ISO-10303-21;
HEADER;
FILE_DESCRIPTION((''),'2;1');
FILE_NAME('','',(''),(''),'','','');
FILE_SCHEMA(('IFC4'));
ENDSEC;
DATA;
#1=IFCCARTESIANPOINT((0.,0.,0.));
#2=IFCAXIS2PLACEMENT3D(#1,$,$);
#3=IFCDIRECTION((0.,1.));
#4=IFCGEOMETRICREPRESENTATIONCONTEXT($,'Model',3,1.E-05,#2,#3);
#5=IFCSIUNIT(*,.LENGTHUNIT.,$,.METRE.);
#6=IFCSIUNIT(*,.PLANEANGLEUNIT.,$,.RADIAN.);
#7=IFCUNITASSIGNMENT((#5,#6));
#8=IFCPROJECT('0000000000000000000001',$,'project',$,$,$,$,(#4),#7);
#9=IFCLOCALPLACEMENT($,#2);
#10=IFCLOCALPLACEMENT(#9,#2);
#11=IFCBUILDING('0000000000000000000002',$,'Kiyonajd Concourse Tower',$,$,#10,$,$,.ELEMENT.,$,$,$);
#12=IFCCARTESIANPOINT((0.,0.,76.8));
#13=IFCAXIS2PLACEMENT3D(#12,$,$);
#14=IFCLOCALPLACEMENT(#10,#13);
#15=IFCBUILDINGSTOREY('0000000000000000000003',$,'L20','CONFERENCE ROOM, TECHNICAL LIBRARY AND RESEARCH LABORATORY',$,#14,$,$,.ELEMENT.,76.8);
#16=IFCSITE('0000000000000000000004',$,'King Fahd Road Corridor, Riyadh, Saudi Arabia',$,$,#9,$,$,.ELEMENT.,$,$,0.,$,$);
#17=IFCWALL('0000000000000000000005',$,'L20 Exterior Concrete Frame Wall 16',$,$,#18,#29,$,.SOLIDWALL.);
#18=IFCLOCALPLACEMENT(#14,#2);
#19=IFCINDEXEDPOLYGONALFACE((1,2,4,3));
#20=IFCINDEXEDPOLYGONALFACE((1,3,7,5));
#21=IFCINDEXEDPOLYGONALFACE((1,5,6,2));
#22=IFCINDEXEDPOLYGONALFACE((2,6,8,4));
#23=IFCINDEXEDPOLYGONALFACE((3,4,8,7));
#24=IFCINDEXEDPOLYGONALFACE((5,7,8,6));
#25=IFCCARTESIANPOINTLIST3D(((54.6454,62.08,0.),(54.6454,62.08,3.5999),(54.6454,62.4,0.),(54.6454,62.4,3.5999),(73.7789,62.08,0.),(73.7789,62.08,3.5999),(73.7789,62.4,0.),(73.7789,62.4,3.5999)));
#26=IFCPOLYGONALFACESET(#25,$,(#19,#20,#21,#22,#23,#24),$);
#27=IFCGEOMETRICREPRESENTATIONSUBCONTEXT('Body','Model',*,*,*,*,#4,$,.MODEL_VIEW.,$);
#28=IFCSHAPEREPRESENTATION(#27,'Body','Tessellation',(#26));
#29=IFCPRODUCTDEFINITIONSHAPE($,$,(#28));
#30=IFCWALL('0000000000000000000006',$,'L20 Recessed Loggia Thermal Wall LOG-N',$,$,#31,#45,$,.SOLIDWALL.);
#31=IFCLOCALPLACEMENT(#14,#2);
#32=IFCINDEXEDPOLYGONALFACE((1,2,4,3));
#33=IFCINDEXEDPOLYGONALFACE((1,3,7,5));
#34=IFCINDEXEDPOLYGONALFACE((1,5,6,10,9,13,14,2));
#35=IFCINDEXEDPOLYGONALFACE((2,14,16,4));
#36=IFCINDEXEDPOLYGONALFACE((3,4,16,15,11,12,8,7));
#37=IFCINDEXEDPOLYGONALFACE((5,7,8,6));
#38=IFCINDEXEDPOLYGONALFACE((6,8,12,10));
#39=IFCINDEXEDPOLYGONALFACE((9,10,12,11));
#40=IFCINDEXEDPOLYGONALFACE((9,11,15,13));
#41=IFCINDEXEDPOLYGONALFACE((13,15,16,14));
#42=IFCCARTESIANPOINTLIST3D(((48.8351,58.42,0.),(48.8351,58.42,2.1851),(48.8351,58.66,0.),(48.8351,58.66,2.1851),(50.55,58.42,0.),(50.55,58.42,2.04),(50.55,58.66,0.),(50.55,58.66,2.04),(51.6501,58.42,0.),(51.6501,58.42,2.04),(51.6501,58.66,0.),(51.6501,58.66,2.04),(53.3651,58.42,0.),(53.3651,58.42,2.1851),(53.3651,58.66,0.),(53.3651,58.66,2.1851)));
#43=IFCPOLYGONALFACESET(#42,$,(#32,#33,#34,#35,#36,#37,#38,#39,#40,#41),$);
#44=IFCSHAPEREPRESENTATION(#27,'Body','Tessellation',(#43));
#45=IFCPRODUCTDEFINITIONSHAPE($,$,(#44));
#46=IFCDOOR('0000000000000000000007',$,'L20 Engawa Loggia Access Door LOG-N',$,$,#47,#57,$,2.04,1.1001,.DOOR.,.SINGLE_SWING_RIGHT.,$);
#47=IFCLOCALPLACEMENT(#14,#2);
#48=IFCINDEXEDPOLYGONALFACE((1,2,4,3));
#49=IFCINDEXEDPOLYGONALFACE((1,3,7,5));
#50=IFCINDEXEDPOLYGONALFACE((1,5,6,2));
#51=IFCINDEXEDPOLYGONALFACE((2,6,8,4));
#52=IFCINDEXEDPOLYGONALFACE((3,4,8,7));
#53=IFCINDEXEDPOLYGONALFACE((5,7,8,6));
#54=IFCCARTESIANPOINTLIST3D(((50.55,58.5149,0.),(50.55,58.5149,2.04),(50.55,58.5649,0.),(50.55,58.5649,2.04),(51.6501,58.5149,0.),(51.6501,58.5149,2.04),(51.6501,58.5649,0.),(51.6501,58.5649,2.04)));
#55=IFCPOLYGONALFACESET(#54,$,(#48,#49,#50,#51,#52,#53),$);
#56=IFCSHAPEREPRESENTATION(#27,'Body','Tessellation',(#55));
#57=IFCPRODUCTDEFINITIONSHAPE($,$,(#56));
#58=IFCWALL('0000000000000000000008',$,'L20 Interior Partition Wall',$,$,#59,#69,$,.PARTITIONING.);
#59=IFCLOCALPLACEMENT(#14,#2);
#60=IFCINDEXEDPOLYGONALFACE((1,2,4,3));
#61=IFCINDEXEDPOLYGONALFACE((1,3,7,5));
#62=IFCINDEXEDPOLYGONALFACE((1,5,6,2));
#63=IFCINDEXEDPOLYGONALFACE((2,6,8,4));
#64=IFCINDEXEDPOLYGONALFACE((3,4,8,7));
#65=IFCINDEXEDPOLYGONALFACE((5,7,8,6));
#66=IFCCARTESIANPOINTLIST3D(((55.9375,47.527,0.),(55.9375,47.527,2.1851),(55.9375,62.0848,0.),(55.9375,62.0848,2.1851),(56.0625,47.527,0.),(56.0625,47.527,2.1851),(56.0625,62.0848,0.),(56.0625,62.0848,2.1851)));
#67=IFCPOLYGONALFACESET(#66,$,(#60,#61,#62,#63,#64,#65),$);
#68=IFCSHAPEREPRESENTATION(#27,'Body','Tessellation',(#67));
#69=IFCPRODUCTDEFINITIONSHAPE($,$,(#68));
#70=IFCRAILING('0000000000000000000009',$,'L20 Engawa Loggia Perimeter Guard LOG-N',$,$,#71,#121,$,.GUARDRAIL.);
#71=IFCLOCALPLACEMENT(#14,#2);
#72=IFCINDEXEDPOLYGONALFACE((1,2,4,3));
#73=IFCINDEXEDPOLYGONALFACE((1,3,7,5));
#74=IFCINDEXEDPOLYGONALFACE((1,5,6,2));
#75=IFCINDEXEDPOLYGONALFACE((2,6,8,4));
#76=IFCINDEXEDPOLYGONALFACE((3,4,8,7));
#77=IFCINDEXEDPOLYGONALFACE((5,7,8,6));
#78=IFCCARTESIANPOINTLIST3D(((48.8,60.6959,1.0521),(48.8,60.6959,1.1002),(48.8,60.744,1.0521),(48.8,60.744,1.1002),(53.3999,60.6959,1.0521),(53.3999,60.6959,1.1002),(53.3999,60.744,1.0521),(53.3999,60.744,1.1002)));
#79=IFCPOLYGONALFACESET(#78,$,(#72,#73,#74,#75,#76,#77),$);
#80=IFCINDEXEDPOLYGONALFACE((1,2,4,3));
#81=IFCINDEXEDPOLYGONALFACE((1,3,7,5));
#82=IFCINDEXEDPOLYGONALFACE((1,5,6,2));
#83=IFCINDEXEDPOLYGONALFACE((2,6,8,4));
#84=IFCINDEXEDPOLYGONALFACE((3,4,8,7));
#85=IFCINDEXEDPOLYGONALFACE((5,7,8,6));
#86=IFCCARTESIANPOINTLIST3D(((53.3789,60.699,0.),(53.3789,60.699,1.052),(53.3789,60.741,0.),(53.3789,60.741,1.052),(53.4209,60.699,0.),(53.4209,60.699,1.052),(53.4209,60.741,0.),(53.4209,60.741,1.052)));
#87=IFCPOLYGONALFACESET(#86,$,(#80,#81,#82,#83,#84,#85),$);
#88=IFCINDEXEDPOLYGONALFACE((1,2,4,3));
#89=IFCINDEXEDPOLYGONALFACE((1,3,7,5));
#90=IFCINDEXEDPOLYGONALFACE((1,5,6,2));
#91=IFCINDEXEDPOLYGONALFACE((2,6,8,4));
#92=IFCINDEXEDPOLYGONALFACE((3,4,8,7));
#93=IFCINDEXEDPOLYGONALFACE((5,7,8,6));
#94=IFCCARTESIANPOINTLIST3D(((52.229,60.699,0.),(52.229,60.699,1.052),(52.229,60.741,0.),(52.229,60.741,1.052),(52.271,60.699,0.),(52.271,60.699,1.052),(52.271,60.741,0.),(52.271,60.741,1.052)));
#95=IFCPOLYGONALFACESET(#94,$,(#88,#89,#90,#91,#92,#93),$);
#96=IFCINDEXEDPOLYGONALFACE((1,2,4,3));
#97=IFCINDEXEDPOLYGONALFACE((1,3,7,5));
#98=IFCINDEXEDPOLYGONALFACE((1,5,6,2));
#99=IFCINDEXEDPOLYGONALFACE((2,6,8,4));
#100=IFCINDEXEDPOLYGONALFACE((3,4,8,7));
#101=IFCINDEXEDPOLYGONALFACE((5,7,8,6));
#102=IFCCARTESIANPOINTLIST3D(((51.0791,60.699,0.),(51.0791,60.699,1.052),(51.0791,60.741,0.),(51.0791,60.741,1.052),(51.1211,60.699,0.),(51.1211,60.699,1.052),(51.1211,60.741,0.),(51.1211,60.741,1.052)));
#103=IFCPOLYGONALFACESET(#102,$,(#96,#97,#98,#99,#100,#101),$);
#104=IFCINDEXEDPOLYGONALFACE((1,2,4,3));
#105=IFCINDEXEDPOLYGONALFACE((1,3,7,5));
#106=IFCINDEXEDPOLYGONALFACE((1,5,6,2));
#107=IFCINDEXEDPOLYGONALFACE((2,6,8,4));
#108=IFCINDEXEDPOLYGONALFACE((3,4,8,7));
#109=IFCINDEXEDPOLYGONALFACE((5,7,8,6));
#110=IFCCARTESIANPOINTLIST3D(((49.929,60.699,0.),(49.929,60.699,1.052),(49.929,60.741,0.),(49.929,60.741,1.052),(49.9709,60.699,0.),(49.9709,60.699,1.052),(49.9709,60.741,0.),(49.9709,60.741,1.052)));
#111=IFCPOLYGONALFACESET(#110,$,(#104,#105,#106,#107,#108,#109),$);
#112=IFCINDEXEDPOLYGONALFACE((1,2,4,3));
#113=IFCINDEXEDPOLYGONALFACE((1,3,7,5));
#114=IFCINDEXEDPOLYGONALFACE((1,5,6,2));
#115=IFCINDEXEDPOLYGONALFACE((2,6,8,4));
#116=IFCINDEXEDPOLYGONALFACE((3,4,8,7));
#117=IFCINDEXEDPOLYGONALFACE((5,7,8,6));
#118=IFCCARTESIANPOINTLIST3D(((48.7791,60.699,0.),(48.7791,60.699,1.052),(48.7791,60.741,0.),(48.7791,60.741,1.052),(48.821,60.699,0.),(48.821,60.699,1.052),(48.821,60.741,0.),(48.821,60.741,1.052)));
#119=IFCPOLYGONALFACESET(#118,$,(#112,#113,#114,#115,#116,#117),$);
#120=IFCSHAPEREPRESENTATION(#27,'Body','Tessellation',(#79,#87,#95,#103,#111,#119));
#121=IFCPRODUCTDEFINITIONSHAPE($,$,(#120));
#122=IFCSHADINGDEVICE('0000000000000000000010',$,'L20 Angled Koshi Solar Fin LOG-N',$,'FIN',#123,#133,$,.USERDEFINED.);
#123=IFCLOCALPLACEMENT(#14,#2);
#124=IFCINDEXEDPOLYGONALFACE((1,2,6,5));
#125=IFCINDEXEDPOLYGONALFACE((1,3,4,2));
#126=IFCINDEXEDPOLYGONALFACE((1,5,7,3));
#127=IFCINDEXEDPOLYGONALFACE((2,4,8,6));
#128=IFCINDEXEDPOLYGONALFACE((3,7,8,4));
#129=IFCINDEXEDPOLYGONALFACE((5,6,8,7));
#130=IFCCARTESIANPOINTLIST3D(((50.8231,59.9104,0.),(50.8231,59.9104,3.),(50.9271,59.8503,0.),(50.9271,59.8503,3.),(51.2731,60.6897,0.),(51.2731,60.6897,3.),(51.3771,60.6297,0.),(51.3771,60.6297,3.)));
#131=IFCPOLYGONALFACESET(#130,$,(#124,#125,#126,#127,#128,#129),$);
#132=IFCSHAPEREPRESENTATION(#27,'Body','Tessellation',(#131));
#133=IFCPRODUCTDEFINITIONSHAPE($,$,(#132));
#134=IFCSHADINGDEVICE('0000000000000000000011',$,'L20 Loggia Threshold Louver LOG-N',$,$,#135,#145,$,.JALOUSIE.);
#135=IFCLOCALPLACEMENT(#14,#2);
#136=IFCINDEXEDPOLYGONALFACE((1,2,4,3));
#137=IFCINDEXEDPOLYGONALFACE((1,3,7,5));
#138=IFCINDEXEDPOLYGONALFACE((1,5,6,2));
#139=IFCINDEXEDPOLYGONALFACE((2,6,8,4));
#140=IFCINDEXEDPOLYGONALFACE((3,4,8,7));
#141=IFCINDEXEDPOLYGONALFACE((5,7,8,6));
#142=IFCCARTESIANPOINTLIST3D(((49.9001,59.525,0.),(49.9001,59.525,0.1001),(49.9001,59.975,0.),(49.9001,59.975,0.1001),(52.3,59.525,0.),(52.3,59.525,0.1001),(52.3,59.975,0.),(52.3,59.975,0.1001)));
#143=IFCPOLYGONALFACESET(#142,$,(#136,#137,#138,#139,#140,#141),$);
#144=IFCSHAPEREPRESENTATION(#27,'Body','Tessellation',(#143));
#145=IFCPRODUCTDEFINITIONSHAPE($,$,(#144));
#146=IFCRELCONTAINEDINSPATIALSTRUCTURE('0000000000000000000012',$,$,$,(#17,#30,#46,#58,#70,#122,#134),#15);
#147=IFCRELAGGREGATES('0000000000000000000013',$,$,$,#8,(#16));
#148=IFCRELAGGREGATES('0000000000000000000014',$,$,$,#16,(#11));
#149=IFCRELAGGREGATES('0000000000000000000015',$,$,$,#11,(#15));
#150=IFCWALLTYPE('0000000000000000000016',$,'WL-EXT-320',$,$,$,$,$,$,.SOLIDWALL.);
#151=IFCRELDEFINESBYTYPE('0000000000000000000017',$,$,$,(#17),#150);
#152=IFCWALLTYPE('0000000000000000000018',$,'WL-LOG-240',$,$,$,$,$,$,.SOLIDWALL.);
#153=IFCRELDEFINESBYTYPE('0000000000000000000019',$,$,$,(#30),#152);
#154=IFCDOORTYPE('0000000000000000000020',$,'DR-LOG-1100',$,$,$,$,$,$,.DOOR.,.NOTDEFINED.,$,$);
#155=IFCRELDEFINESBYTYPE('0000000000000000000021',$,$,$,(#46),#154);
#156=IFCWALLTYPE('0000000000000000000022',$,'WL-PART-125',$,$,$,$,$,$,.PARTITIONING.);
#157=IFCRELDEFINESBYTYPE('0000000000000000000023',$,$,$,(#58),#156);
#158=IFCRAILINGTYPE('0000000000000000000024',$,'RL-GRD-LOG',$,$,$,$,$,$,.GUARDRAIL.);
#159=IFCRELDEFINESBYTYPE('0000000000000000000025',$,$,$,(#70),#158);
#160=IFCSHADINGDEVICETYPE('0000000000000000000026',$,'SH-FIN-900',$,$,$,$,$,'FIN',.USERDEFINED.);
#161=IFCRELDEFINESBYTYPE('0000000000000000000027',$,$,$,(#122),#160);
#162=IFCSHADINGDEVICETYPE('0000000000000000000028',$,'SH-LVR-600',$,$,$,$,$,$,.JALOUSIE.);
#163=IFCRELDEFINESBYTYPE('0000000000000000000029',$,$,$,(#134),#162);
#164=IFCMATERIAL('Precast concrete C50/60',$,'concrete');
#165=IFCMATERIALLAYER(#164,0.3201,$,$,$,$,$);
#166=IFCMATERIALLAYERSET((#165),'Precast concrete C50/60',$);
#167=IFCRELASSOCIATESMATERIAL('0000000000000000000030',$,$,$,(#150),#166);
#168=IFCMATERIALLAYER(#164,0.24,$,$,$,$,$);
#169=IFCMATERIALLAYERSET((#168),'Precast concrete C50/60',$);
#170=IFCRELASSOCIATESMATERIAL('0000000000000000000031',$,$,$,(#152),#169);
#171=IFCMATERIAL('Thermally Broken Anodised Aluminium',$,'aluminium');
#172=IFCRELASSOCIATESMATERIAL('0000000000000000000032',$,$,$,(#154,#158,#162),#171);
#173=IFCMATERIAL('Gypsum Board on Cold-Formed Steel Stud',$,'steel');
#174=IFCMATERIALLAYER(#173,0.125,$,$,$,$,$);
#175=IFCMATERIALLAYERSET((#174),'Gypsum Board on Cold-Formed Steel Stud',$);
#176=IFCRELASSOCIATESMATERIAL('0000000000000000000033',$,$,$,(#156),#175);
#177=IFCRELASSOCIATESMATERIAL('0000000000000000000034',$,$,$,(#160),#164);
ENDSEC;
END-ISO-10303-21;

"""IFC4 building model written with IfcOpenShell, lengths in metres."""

from ifc_helpers import new_model, si_unit, direction, frame, frame_2d, origin, origin_2d, place, context, subcontext, project, spatial, rectangle, extrude, material, layer, layer_set, type_object, element, fill, save


model = new_model("IFC4")

# Units and contexts
model_context = context("Model", 3, precision=1e-05, world=origin(), true_north=direction((0.0, 1.0)))
body_context = subcontext(model_context, "Body", "Model", "MODEL_VIEW")
ifc_project = project(units=[si_unit("LENGTHUNIT", "METRE"), si_unit("PLANEANGLEUNIT", "RADIAN")], contexts=[model_context])

# Site, building, storey
site_placement = place(None, origin())
site = spatial("IfcSite", under=ifc_project, at=site_placement, Name="King Fahd Road Corridor, Riyadh, Saudi Arabia", CompositionType="ELEMENT", RefElevation=0.0)
building_placement = place(site_placement, origin())
building = spatial("IfcBuilding", under=site, at=building_placement, Name="Kiyonajd Concourse Tower", CompositionType="ELEMENT")
storey_placement = place(building_placement, frame((0.0, 0.0, 76.8)))
storey = spatial("IfcBuildingStorey", under=building, at=storey_placement, Name="L20", Description="CONFERENCE ROOM, TECHNICAL LIBRARY AND RESEARCH LABORATORY", CompositionType="ELEMENT", Elevation=76.8)

# Shared definitions
ifc_material_1 = material(Name="Thermally Broken Anodised Aluminium", Category="aluminium")

# Wall
ifc_material_2 = material(Name="Precast concrete C50/60", Category="concrete")
ifc_layer_1 = layer(ifc_material_2, 0.3201)
ifc_layer_set_1 = layer_set([ifc_layer_1], Name="Precast concrete C50/60")
wall_type_1 = type_object("IfcWallType", Name="WL-EXT-320", PredefinedType="SOLIDWALL", material=ifc_layer_set_1)
wall_1_placement = place(storey_placement, frame((54.6453, 62.24, 0.0), z_axis=(0.0, 0.0, 1.0), x_axis=(1.0, 0.0, 0.0)))
element("IfcWall", 1, at=wall_1_placement, inside=storey, type_object=wall_type_1, Name="L20 Exterior Concrete Frame Wall 16", PredefinedType="SOLIDWALL", context=body_context, shape_type="SweptSolid", body=[
    extrude(rectangle(XDim=19.1335, YDim=0.3201, at=frame_2d((9.5669, 0.0))), origin(), (0.0, 0.0, 1.0), 3.5999),
])

# Wall, opening, door
ifc_layer_2 = layer(ifc_material_2, 0.24)
ifc_layer_set_2 = layer_set([ifc_layer_2], Name="Precast concrete C50/60")
wall_type_2 = type_object("IfcWallType", Name="WL-LOG-240", PredefinedType="SOLIDWALL", material=ifc_layer_set_2)
wall_2_placement = place(storey_placement, frame((48.835, 58.54, 0.0), z_axis=(0.0, 0.0, 1.0), x_axis=(1.0, 0.0, 0.0)))
wall_2 = element("IfcWall", 2, at=wall_2_placement, inside=storey, type_object=wall_type_2, Name="L20 Recessed Loggia Thermal Wall LOG-N", PredefinedType="SOLIDWALL", context=body_context, shape_type="SweptSolid", body=[
    extrude(rectangle(XDim=4.53, YDim=0.24, at=frame_2d((2.2651, 0.0))), origin(), (0.0, 0.0, 1.0), 2.1851),
])
opening_placement = place(wall_2_placement, frame((1.7151, 0.0, 0.0)))
opening = element("IfcOpeningElement", 3, at=opening_placement, cuts=wall_2, PredefinedType="OPENING", context=body_context, shape_type="SweptSolid", body=[
    extrude(rectangle(XDim=1.1001, YDim=2.04, at=frame_2d((0.55, 1.02))), frame((0.0, 0.1299, 0.0), z_axis=(0.0, -1.0, 0.0), x_axis=(1.0, 0.0, 0.0)), (0.0, 0.0, 1.0), 0.26),
])
door_type = type_object("IfcDoorType", Name="DR-LOG-1100", OperationType="NOTDEFINED", PredefinedType="DOOR", material=ifc_material_1)
door_placement = place(opening_placement, origin())
door = element("IfcDoor", 4, at=door_placement, inside=storey, type_object=door_type, Name="L20 Engawa Loggia Access Door LOG-N", OperationType="SINGLE_SWING_RIGHT", OverallHeight=2.04, OverallWidth=1.1001, PredefinedType="DOOR", context=body_context, shape_type="SweptSolid", body=[
    extrude(rectangle(XDim=1.1001, YDim=2.04, at=frame_2d((0.55, 1.02))), frame((0.0, 0.0249, 0.0), z_axis=(0.0, -1.0, 0.0), x_axis=(1.0, 0.0, 0.0)), (0.0, 0.0, 1.0), 0.05),
])
fill(opening, door)

# Wall
ifc_material_3 = material(Name="Gypsum Board on Cold-Formed Steel Stud", Category="steel")
ifc_layer_3 = layer(ifc_material_3, 0.125)
ifc_layer_set_3 = layer_set([ifc_layer_3], Name="Gypsum Board on Cold-Formed Steel Stud")
wall_type_3 = type_object("IfcWallType", Name="WL-PART-125", PredefinedType="PARTITIONING", material=ifc_layer_set_3)
wall_3_placement = place(storey_placement, frame((56.0, 47.5271, 0.0), z_axis=(0.0, 0.0, 1.0), x_axis=(0.0, 1.0, 0.0)))
element("IfcWall", 5, at=wall_3_placement, inside=storey, type_object=wall_type_3, Name="L20 Interior Partition Wall", PredefinedType="PARTITIONING", context=body_context, shape_type="SweptSolid", body=[
    extrude(rectangle(XDim=14.5579, YDim=0.125, at=frame_2d((7.2788, 0.0))), origin(), (0.0, 0.0, 1.0), 2.1851),
])

# Railing
railing_type = type_object("IfcRailingType", Name="RL-GRD-LOG", PredefinedType="GUARDRAIL", material=ifc_material_1)
railing_placement = place(storey_placement, frame((53.3999, 60.72, 0.0)))
element("IfcRailing", 6, at=railing_placement, inside=storey, type_object=railing_type, Name="L20 Engawa Loggia Perimeter Guard LOG-N", PredefinedType="GUARDRAIL", context=body_context, shape_type="SweptSolid", body=[
    extrude(rectangle(XDim=0.0481, YDim=0.0481, at=origin_2d()), frame((0.0, 0.0, 1.0762), z_axis=(-1.0, 0.0, 0.0), x_axis=(0.0, -1.0, 0.0)), (0.0, 0.0, 1.0), 4.5999),
    extrude(rectangle(XDim=0.042, YDim=0.042, at=origin_2d()), origin(), (0.0, 0.0, 1.0), 1.052),
    extrude(rectangle(XDim=0.042, YDim=0.042, at=origin_2d()), frame((-1.1499, 0.0, 0.0)), (0.0, 0.0, 1.0), 1.052),
    extrude(rectangle(XDim=0.042, YDim=0.042, at=origin_2d()), frame((-2.2998, 0.0, 0.0)), (0.0, 0.0, 1.0), 1.052),
    extrude(rectangle(XDim=0.042, YDim=0.042, at=origin_2d()), frame((-3.45, 0.0, 0.0)), (0.0, 0.0, 1.0), 1.052),
    extrude(rectangle(XDim=0.042, YDim=0.042, at=origin_2d()), frame((-4.5999, 0.0, 0.0)), (0.0, 0.0, 1.0), 1.052),
])

# Shading devices
shading_device_type_1 = type_object("IfcShadingDeviceType", Name="SH-FIN-900", ElementType="FIN", PredefinedType="USERDEFINED", material=ifc_material_2)
shading_device_1_placement = place(storey_placement, frame((51.1001, 60.27, 0.0), z_axis=(0.0, 0.0, 1.0), x_axis=(0.5, 0.866025, 0.0)))
element("IfcShadingDevice", 7, at=shading_device_1_placement, inside=storey, type_object=shading_device_type_1, Name="L20 Angled Koshi Solar Fin LOG-N", ObjectType="FIN", PredefinedType="USERDEFINED", context=body_context, shape_type="SweptSolid", body=[
    extrude(rectangle(XDim=0.8999, YDim=0.1201, at=origin_2d()), origin(), (0.0, 0.0, 1.0), 3.0),
])
shading_device_type_2 = type_object("IfcShadingDeviceType", Name="SH-LVR-600", PredefinedType="JALOUSIE", material=ifc_material_1)
shading_device_2_placement = place(storey_placement, frame((51.1001, 59.75, 0.0), z_axis=(0.0, 0.0, 1.0), x_axis=(1.0, 0.0, 0.0)))
element("IfcShadingDevice", 8, at=shading_device_2_placement, inside=storey, type_object=shading_device_type_2, Name="L20 Loggia Threshold Louver LOG-N", PredefinedType="JALOUSIE", context=body_context, shape_type="SweptSolid", body=[
    extrude(rectangle(XDim=2.3999, YDim=0.45, at=origin_2d()), origin(), (0.0, 0.0, 1.0), 0.1001),
])

save(model, "model.ifc")
